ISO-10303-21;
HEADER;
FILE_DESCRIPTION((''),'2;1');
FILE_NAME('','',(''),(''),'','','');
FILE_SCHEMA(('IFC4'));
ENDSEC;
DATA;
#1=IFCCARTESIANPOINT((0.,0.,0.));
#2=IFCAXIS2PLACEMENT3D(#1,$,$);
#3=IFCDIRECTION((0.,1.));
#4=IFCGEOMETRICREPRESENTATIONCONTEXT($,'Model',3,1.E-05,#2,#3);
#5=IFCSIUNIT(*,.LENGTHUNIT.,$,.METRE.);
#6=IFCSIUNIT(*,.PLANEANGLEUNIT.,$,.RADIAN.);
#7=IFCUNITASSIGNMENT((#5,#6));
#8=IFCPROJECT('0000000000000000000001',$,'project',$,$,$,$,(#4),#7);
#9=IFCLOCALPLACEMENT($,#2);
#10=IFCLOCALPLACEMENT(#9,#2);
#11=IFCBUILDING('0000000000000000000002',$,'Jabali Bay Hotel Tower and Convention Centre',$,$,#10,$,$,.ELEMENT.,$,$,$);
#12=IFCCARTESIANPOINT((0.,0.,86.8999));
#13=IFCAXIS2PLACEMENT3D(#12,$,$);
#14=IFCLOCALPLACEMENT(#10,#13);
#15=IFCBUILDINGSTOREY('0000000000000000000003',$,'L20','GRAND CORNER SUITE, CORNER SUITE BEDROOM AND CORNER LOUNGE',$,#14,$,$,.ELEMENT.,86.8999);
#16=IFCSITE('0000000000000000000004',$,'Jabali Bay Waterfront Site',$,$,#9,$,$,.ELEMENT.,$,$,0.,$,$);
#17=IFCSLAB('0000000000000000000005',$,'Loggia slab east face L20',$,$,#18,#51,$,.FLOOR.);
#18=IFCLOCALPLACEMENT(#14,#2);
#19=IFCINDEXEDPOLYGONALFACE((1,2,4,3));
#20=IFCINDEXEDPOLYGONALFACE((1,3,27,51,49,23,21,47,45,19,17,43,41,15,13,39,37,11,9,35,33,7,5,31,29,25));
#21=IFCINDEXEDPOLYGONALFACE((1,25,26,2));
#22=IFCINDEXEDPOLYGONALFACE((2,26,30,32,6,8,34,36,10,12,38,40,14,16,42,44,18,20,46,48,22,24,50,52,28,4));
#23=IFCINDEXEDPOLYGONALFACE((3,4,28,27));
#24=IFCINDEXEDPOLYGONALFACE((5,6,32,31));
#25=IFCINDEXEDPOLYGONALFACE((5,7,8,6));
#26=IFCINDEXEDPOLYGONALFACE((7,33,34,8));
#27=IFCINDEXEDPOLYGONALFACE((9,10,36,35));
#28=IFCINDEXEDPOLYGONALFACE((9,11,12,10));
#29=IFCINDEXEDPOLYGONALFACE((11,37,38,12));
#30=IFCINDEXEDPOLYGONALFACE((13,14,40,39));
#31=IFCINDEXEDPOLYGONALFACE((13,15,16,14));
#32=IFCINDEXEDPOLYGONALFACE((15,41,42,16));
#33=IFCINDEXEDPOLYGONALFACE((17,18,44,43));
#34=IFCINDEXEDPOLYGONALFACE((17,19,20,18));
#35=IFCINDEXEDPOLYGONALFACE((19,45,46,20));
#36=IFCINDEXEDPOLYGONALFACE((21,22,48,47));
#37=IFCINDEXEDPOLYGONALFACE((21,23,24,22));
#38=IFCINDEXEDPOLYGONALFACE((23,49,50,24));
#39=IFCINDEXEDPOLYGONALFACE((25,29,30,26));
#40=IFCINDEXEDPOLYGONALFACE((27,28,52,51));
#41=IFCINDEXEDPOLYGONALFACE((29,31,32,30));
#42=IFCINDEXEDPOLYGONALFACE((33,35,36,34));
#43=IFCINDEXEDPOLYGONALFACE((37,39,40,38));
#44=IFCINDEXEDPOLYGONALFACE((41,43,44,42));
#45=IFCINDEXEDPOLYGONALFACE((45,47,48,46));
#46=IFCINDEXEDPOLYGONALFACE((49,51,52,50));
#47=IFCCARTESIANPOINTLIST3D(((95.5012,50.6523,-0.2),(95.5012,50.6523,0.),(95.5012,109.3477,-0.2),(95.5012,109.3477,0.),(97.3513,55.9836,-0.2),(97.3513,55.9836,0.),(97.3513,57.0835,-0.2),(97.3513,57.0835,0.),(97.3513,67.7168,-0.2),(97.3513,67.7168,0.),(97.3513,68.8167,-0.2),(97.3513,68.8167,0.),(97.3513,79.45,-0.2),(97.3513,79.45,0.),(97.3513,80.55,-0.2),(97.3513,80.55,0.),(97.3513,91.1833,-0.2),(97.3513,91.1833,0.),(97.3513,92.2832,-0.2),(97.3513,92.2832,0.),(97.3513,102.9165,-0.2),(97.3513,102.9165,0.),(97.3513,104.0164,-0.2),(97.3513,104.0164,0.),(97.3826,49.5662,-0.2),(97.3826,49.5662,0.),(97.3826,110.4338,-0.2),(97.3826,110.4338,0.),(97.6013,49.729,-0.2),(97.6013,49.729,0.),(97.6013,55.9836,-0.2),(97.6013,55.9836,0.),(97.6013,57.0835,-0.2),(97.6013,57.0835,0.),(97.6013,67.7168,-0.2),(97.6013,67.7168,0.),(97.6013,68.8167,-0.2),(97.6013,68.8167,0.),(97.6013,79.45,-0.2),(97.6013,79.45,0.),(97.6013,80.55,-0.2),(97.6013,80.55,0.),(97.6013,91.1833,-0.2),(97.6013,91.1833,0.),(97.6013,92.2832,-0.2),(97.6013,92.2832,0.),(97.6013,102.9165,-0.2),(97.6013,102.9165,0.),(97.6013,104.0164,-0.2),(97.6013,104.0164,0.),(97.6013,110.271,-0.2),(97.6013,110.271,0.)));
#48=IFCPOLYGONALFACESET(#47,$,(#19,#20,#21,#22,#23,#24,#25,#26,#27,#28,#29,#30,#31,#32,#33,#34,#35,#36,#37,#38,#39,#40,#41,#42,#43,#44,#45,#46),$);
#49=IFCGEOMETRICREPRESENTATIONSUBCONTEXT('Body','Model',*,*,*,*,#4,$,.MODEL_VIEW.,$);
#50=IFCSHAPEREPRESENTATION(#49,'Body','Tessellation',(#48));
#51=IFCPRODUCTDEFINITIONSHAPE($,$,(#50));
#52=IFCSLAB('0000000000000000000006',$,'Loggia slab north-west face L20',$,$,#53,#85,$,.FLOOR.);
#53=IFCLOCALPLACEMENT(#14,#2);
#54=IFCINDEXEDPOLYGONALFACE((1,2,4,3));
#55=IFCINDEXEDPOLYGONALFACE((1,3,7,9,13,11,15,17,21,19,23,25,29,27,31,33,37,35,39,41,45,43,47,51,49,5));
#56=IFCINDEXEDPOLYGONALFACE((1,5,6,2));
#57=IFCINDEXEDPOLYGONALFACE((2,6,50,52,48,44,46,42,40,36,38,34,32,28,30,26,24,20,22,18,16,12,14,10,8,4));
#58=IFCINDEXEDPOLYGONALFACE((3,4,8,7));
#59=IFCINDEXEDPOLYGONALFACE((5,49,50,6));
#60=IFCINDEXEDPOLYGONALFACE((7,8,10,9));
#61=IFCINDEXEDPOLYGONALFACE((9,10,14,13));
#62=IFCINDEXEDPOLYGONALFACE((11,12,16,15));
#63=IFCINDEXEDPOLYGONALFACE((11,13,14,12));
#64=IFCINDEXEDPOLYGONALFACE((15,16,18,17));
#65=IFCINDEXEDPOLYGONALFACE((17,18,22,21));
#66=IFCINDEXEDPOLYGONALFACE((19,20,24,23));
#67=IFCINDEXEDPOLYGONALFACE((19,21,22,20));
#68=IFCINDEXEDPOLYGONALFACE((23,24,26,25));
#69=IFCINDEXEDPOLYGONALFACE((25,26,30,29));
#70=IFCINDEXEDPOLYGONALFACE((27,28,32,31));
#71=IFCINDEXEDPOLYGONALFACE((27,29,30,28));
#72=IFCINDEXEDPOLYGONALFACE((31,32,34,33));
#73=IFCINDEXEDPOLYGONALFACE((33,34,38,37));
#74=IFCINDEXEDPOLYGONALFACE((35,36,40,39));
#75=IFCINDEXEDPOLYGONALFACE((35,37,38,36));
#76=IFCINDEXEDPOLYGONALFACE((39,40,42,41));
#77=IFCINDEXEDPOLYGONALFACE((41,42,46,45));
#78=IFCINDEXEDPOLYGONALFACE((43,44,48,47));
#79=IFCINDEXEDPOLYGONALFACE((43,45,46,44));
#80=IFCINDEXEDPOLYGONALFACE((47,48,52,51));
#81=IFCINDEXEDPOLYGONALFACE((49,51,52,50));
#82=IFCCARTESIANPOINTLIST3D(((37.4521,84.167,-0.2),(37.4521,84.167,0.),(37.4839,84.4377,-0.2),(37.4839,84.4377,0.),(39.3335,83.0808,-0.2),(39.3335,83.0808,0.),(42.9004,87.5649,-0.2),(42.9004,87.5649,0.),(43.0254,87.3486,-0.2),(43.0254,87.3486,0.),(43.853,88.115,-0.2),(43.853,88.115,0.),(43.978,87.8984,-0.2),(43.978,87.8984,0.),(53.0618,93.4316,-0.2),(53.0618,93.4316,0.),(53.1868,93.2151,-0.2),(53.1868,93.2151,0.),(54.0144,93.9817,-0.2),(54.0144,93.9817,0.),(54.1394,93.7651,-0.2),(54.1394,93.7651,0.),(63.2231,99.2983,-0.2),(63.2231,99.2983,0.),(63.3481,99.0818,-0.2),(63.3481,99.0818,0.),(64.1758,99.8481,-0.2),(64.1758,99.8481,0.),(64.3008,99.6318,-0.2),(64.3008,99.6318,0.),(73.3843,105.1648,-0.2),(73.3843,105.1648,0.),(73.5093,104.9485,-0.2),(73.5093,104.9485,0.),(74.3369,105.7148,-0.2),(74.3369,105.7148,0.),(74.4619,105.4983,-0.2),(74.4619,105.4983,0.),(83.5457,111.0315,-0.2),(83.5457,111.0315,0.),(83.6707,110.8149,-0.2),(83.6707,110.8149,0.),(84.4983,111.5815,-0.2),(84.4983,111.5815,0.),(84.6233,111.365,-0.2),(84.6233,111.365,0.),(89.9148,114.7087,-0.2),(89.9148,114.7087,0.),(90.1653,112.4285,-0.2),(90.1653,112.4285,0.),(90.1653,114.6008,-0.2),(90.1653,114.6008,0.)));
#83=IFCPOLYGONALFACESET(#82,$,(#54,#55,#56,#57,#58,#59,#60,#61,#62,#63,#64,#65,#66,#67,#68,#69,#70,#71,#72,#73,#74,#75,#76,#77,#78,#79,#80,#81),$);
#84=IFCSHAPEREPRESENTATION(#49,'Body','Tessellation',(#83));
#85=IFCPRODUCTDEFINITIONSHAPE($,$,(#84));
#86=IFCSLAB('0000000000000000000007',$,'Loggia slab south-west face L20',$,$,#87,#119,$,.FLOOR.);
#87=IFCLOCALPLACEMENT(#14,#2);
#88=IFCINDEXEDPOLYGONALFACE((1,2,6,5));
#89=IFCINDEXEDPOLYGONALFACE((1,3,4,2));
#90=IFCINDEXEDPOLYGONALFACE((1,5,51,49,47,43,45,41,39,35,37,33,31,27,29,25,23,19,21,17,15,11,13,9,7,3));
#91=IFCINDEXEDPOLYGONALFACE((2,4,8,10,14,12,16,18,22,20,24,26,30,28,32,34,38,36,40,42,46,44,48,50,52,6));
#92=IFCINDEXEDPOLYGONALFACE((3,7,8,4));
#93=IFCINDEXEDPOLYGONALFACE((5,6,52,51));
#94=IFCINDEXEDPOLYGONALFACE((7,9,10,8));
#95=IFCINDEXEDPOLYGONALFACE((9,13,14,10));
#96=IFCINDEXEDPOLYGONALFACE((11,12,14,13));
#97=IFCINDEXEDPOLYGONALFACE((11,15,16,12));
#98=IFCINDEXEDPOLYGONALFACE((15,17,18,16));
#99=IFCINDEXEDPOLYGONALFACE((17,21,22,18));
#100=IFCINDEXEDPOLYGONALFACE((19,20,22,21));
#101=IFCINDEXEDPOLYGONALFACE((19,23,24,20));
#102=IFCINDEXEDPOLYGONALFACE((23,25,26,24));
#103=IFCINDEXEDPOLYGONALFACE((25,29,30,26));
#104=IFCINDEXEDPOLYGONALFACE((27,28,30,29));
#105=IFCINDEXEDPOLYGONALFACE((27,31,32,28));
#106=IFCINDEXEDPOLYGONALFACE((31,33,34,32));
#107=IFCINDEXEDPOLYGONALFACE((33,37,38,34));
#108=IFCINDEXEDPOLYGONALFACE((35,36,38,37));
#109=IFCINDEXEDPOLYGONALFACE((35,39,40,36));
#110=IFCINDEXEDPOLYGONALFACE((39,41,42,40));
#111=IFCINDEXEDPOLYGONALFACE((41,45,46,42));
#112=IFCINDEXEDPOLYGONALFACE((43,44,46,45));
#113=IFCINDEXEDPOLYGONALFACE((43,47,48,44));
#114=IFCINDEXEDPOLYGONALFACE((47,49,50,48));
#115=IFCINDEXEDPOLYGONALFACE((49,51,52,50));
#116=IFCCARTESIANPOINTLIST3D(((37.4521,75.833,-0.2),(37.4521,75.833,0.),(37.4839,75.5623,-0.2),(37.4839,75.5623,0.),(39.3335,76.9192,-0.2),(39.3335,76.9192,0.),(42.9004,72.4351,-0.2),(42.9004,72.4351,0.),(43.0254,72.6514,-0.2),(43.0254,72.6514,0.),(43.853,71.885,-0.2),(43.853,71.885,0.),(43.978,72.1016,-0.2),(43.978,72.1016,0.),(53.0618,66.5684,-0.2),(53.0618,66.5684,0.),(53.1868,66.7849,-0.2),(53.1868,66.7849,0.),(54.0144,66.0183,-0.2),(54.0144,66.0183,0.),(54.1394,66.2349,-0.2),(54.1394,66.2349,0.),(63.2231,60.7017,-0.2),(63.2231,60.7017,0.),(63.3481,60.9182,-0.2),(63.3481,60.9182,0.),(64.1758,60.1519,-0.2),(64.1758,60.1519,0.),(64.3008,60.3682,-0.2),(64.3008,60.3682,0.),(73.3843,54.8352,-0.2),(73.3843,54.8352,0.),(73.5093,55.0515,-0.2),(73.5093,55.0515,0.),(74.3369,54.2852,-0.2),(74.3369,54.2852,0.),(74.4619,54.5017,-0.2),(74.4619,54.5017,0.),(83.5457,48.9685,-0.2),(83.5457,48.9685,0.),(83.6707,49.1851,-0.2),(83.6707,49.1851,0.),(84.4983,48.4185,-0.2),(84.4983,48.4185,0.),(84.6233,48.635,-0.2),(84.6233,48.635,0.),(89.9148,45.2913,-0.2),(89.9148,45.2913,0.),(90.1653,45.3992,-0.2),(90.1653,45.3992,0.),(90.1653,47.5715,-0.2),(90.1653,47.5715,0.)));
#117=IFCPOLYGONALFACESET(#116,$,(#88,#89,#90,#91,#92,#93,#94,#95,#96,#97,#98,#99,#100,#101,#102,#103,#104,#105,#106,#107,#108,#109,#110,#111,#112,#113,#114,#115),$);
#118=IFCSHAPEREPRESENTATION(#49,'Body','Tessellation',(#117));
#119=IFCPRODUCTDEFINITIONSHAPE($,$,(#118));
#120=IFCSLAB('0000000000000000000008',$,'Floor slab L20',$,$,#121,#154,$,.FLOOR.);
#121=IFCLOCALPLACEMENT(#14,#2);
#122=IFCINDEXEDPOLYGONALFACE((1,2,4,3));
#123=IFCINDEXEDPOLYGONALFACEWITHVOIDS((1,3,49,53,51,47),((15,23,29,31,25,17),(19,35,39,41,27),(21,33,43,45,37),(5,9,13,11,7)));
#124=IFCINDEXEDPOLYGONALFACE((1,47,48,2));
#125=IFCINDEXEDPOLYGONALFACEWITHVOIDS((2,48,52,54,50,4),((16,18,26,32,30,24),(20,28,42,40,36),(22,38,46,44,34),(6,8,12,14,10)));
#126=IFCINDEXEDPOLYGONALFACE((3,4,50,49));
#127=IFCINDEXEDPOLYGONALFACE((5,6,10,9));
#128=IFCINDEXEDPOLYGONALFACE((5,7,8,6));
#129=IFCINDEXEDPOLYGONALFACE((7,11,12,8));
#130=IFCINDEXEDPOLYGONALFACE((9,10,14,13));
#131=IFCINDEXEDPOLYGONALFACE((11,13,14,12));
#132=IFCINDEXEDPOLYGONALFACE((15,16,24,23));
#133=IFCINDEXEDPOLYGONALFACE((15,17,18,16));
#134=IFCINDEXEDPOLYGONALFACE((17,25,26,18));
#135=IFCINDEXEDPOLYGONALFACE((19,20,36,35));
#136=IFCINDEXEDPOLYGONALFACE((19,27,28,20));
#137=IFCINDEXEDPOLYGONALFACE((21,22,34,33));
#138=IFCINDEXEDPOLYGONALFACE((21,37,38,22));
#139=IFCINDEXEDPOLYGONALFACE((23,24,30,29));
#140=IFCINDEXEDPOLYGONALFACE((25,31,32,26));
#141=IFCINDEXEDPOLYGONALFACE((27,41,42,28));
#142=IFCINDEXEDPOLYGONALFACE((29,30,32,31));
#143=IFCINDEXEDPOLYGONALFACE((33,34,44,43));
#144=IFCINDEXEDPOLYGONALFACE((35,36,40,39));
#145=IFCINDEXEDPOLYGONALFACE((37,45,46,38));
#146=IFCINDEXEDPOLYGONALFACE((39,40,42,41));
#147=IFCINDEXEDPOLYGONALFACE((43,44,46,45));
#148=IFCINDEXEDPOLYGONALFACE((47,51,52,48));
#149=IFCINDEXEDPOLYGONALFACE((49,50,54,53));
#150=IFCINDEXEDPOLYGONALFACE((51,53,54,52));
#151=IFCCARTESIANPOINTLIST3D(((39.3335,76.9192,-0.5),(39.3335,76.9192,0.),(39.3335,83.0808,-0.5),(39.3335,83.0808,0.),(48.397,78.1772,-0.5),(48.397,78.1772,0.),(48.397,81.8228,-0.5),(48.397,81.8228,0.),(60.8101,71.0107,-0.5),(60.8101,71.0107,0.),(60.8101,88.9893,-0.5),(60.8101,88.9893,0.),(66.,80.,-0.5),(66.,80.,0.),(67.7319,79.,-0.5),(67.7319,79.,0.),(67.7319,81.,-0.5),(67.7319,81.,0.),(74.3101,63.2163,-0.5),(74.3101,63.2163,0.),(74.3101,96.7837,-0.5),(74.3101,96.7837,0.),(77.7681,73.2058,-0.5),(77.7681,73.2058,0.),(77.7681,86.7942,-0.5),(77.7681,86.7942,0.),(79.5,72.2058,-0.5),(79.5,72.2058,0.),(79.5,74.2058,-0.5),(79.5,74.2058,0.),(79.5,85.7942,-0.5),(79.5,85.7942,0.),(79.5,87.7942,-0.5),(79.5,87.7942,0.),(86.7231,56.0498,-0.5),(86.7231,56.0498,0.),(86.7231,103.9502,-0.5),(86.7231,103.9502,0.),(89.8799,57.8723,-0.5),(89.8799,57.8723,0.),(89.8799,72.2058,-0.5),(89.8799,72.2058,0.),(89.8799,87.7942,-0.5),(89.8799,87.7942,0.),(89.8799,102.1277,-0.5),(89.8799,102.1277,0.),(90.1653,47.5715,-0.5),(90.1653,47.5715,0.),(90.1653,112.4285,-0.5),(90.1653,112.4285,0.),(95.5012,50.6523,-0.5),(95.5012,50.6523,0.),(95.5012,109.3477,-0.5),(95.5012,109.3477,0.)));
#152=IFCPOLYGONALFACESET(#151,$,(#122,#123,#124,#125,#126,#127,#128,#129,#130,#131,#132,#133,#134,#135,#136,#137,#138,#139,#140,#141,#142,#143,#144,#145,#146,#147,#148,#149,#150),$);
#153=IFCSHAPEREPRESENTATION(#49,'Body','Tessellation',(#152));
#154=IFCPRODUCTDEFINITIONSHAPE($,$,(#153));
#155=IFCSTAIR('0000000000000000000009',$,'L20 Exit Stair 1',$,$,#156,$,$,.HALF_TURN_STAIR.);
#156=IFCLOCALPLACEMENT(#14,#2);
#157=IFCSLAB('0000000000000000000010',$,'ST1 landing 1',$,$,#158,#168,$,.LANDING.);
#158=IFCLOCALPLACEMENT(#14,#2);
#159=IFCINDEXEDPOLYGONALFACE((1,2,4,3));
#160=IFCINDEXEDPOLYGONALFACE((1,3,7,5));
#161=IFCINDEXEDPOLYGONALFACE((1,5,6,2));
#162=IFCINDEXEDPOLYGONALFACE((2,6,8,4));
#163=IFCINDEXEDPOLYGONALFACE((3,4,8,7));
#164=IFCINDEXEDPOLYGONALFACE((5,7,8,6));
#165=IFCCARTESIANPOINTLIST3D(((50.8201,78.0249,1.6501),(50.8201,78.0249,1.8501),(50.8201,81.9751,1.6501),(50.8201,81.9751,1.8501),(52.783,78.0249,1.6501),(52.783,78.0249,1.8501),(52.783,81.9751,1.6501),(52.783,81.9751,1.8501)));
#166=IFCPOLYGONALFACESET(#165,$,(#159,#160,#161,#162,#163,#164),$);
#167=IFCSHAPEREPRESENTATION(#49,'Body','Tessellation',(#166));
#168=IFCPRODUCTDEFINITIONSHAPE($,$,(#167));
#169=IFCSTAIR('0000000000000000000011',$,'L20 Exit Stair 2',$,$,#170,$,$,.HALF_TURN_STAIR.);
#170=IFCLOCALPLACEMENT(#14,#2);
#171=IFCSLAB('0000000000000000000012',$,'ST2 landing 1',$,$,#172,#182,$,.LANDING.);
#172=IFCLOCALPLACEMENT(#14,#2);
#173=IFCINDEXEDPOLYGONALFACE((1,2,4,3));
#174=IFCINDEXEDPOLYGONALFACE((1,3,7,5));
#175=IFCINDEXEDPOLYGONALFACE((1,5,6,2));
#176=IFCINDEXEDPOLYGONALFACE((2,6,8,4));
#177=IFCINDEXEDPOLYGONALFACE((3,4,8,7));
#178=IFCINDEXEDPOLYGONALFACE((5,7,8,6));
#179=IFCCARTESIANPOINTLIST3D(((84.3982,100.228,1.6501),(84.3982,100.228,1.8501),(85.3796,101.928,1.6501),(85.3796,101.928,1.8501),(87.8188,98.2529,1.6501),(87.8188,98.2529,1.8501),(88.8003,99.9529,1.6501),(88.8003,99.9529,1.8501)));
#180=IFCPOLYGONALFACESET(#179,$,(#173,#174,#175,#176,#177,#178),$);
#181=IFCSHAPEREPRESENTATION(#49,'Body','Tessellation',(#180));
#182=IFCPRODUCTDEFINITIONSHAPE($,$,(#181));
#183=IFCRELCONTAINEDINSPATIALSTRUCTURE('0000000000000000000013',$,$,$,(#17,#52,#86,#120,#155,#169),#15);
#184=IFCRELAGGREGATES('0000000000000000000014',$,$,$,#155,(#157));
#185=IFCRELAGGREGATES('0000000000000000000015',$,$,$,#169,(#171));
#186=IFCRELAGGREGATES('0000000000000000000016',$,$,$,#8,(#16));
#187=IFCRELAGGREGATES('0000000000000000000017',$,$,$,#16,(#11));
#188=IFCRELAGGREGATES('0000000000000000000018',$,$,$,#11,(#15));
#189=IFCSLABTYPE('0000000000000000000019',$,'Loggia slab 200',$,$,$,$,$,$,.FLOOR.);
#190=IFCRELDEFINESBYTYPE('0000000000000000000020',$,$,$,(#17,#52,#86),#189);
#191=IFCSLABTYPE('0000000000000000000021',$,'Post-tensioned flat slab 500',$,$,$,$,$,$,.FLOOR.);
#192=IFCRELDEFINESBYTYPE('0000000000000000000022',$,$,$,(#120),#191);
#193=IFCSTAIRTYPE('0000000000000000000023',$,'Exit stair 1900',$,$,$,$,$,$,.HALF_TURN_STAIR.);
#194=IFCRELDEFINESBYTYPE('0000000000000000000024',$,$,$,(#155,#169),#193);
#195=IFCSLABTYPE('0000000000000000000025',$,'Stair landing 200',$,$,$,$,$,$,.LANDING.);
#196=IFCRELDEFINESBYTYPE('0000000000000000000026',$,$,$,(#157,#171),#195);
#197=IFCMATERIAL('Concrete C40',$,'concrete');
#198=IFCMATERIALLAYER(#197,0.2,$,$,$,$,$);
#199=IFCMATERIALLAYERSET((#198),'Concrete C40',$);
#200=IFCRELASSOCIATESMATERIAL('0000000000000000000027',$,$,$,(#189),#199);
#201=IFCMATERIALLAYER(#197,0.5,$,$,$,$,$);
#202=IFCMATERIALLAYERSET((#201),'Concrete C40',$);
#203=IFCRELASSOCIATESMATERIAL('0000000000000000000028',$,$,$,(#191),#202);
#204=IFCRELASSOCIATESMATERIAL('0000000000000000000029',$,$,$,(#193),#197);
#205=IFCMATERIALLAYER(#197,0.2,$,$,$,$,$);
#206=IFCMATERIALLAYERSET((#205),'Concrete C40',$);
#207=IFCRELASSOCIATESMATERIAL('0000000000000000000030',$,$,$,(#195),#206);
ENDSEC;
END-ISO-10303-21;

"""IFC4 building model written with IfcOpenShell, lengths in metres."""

from ifc_helpers import new_model, si_unit, direction, frame, origin, place, context, subcontext, project, spatial, polyline, outline, extrude, material, layer, layer_set, type_object, element, aggregate, save


model = new_model("IFC4")

# Units and contexts
model_context = context("Model", 3, precision=1e-05, world=origin(), true_north=direction((0.0, 1.0)))
body_context = subcontext(model_context, "Body", "Model", "MODEL_VIEW")
ifc_project = project(units=[si_unit("LENGTHUNIT", "METRE"), si_unit("PLANEANGLEUNIT", "RADIAN")], contexts=[model_context])

# Site, building, storey
site_placement = place(None, origin())
site = spatial("IfcSite", under=ifc_project, at=site_placement, Name="Jabali Bay Waterfront Site", CompositionType="ELEMENT", RefElevation=0.0)
building_placement = place(site_placement, origin())
building = spatial("IfcBuilding", under=site, at=building_placement, Name="Jabali Bay Hotel Tower and Convention Centre", CompositionType="ELEMENT")
storey_placement = place(building_placement, frame((0.0, 0.0, 86.8999)))
storey = spatial("IfcBuildingStorey", under=building, at=storey_placement, Name="L20", Description="GRAND CORNER SUITE, CORNER SUITE BEDROOM AND CORNER LOUNGE", CompositionType="ELEMENT", Elevation=86.8999)

# Slabs
ifc_material_1 = material(Name="Concrete C40", Category="concrete")
ifc_layer_1 = layer(ifc_material_1, 0.2)
ifc_layer_set_1 = layer_set([ifc_layer_1], Name="Concrete C40")
slab_type_1 = type_object("IfcSlabType", Name="Loggia slab 200", PredefinedType="FLOOR", material=ifc_layer_set_1)
slab_1_placement = place(storey_placement, frame((0.0, 0.0, -0.2)))
element("IfcSlab", 1, at=slab_1_placement, inside=storey, type_object=slab_type_1, Name="Loggia slab east face L20", PredefinedType="FLOOR", context=body_context, shape_type="SweptSolid", body=[
    extrude(outline(polyline([(95.5012, 109.3477), (97.3826, 110.4338), (97.6013, 110.271), (97.6013, 104.0164), (97.3513, 104.0164), (97.3513, 102.9165), (97.6013, 102.9165), (97.6013, 92.2832), (97.3513, 92.2832), (97.3513, 91.1833), (97.6013, 91.1833), (97.6013, 80.55), (97.3513, 80.55), (97.3513, 79.45), (97.6013, 79.45), (97.6013, 68.8167), (97.3513, 68.8167), (97.3513, 67.7168), (97.6013, 67.7168), (97.6013, 57.0835), (97.3513, 57.0835), (97.3513, 55.9836), (97.6013, 55.9836), (97.6013, 49.729), (97.3826, 49.5662), (95.5012, 50.6523), (95.5012, 109.3477)])), origin(), (0.0, 0.0, 1.0), 0.2),
])
slab_2_placement = place(storey_placement, frame((0.0, 0.0, -0.2)))
element("IfcSlab", 2, at=slab_2_placement, inside=storey, type_object=slab_type_1, Name="Loggia slab north-west face L20", PredefinedType="FLOOR", context=body_context, shape_type="SweptSolid", body=[
    extrude(outline(polyline([(39.3335, 83.0808), (37.4521, 84.167), (37.4839, 84.4377), (42.9004, 87.5649), (43.0254, 87.3486), (43.978, 87.8984), (43.853, 88.115), (53.0618, 93.4316), (53.1868, 93.2151), (54.1394, 93.7651), (54.0144, 93.9817), (63.2231, 99.2983), (63.3481, 99.0818), (64.3008, 99.6318), (64.1758, 99.8481), (73.3843, 105.1648), (73.5093, 104.9485), (74.4619, 105.4983), (74.3369, 105.7148), (83.5457, 111.0315), (83.6707, 110.8149), (84.6233, 111.365), (84.4983, 111.5815), (89.9148, 114.7087), (90.1653, 114.6008), (90.1653, 112.4285), (39.3335, 83.0808)])), origin(), (0.0, 0.0, 1.0), 0.2),
])
slab_3_placement = place(storey_placement, frame((0.0, 0.0, -0.2)))
element("IfcSlab", 3, at=slab_3_placement, inside=storey, type_object=slab_type_1, Name="Loggia slab south-west face L20", PredefinedType="FLOOR", context=body_context, shape_type="SweptSolid", body=[
    extrude(outline(polyline([(90.1653, 47.5715), (90.1653, 45.3992), (89.9148, 45.2913), (84.4983, 48.4185), (84.6233, 48.635), (83.6707, 49.1851), (83.5457, 48.9685), (74.3369, 54.2852), (74.4619, 54.5017), (73.5093, 55.0515), (73.3843, 54.8352), (64.1758, 60.1519), (64.3008, 60.3682), (63.3481, 60.9182), (63.2231, 60.7017), (54.0144, 66.0183), (54.1394, 66.2349), (53.1868, 66.7849), (53.0618, 66.5684), (43.853, 71.885), (43.978, 72.1016), (43.0254, 72.6514), (42.9004, 72.4351), (37.4839, 75.5623), (37.4521, 75.833), (39.3335, 76.9192), (90.1653, 47.5715)])), origin(), (0.0, 0.0, 1.0), 0.2),
])
ifc_layer_2 = layer(ifc_material_1, 0.5)
ifc_layer_set_2 = layer_set([ifc_layer_2], Name="Concrete C40")
slab_type_2 = type_object("IfcSlabType", Name="Post-tensioned flat slab 500", PredefinedType="FLOOR", material=ifc_layer_set_2)
slab_4_placement = place(storey_placement, frame((0.0, 0.0, -0.5)))
element("IfcSlab", 4, at=slab_4_placement, inside=storey, type_object=slab_type_2, Name="Floor slab L20", PredefinedType="FLOOR", context=body_context, shape_type="SweptSolid", body=[
    extrude(outline(polyline([(90.1653, 112.4285), (95.5012, 109.3477), (95.5012, 50.6523), (90.1653, 47.5715), (39.3335, 76.9192), (39.3335, 83.0808), (90.1653, 112.4285)]), holes=[polyline([(67.7319, 79.0), (77.7681, 73.2058), (79.5, 74.2058), (79.5, 85.7942), (77.7681, 86.7942), (67.7319, 81.0), (67.7319, 79.0)]), polyline([(48.397, 78.1772), (60.8101, 71.0107), (66.0, 80.0), (60.8101, 88.9893), (48.397, 81.8228), (48.397, 78.1772)]), polyline([(89.8799, 102.1277), (86.7231, 103.9502), (74.3101, 96.7837), (79.5, 87.7942), (89.8799, 87.7942), (89.8799, 102.1277)]), polyline([(74.3101, 63.2163), (86.7231, 56.0498), (89.8799, 57.8723), (89.8799, 72.2058), (79.5, 72.2058), (74.3101, 63.2163)])]), origin(), (0.0, 0.0, 1.0), 0.5),
])

# Stairs, slabs
stair_type = type_object("IfcStairType", Name="Exit stair 1900", PredefinedType="HALF_TURN_STAIR", material=ifc_material_1)
stair_1_placement = place(storey_placement, origin())
stair_1 = element("IfcStair", 5, at=stair_1_placement, inside=storey, type_object=stair_type, Name="L20 Exit Stair 1", PredefinedType="HALF_TURN_STAIR")
ifc_layer_3 = layer(ifc_material_1, 0.2)
ifc_layer_set_3 = layer_set([ifc_layer_3], Name="Concrete C40")
slab_type_3 = type_object("IfcSlabType", Name="Stair landing 200", PredefinedType="LANDING", material=ifc_layer_set_3)
slab_5_placement = place(storey_placement, frame((0.0, 0.0, 1.6501)))
slab_5 = element("IfcSlab", 6, at=slab_5_placement, type_object=slab_type_3, Name="ST1 landing 1", PredefinedType="LANDING", context=body_context, shape_type="SweptSolid", body=[
    extrude(outline(polyline([(52.783, 81.9751), (50.8201, 81.9751), (50.8201, 78.0249), (52.783, 78.0249), (52.783, 81.9751)])), origin(), (0.0, 0.0, 1.0), 0.2),
])
aggregate(stair_1, [slab_5])
stair_2_placement = place(storey_placement, origin())
stair_2 = element("IfcStair", 7, at=stair_2_placement, inside=storey, type_object=stair_type, Name="L20 Exit Stair 2", PredefinedType="HALF_TURN_STAIR")
slab_6_placement = place(storey_placement, frame((0.0, 0.0, 1.6501)))
slab_6 = element("IfcSlab", 8, at=slab_6_placement, type_object=slab_type_3, Name="ST2 landing 1", PredefinedType="LANDING", context=body_context, shape_type="SweptSolid", body=[
    extrude(outline(polyline([(87.8188, 98.2529), (88.8003, 99.9529), (85.3796, 101.928), (84.3982, 100.228), (87.8188, 98.2529)])), origin(), (0.0, 0.0, 1.0), 0.2),
])
aggregate(stair_2, [slab_6])

save(model, "model.ifc")
